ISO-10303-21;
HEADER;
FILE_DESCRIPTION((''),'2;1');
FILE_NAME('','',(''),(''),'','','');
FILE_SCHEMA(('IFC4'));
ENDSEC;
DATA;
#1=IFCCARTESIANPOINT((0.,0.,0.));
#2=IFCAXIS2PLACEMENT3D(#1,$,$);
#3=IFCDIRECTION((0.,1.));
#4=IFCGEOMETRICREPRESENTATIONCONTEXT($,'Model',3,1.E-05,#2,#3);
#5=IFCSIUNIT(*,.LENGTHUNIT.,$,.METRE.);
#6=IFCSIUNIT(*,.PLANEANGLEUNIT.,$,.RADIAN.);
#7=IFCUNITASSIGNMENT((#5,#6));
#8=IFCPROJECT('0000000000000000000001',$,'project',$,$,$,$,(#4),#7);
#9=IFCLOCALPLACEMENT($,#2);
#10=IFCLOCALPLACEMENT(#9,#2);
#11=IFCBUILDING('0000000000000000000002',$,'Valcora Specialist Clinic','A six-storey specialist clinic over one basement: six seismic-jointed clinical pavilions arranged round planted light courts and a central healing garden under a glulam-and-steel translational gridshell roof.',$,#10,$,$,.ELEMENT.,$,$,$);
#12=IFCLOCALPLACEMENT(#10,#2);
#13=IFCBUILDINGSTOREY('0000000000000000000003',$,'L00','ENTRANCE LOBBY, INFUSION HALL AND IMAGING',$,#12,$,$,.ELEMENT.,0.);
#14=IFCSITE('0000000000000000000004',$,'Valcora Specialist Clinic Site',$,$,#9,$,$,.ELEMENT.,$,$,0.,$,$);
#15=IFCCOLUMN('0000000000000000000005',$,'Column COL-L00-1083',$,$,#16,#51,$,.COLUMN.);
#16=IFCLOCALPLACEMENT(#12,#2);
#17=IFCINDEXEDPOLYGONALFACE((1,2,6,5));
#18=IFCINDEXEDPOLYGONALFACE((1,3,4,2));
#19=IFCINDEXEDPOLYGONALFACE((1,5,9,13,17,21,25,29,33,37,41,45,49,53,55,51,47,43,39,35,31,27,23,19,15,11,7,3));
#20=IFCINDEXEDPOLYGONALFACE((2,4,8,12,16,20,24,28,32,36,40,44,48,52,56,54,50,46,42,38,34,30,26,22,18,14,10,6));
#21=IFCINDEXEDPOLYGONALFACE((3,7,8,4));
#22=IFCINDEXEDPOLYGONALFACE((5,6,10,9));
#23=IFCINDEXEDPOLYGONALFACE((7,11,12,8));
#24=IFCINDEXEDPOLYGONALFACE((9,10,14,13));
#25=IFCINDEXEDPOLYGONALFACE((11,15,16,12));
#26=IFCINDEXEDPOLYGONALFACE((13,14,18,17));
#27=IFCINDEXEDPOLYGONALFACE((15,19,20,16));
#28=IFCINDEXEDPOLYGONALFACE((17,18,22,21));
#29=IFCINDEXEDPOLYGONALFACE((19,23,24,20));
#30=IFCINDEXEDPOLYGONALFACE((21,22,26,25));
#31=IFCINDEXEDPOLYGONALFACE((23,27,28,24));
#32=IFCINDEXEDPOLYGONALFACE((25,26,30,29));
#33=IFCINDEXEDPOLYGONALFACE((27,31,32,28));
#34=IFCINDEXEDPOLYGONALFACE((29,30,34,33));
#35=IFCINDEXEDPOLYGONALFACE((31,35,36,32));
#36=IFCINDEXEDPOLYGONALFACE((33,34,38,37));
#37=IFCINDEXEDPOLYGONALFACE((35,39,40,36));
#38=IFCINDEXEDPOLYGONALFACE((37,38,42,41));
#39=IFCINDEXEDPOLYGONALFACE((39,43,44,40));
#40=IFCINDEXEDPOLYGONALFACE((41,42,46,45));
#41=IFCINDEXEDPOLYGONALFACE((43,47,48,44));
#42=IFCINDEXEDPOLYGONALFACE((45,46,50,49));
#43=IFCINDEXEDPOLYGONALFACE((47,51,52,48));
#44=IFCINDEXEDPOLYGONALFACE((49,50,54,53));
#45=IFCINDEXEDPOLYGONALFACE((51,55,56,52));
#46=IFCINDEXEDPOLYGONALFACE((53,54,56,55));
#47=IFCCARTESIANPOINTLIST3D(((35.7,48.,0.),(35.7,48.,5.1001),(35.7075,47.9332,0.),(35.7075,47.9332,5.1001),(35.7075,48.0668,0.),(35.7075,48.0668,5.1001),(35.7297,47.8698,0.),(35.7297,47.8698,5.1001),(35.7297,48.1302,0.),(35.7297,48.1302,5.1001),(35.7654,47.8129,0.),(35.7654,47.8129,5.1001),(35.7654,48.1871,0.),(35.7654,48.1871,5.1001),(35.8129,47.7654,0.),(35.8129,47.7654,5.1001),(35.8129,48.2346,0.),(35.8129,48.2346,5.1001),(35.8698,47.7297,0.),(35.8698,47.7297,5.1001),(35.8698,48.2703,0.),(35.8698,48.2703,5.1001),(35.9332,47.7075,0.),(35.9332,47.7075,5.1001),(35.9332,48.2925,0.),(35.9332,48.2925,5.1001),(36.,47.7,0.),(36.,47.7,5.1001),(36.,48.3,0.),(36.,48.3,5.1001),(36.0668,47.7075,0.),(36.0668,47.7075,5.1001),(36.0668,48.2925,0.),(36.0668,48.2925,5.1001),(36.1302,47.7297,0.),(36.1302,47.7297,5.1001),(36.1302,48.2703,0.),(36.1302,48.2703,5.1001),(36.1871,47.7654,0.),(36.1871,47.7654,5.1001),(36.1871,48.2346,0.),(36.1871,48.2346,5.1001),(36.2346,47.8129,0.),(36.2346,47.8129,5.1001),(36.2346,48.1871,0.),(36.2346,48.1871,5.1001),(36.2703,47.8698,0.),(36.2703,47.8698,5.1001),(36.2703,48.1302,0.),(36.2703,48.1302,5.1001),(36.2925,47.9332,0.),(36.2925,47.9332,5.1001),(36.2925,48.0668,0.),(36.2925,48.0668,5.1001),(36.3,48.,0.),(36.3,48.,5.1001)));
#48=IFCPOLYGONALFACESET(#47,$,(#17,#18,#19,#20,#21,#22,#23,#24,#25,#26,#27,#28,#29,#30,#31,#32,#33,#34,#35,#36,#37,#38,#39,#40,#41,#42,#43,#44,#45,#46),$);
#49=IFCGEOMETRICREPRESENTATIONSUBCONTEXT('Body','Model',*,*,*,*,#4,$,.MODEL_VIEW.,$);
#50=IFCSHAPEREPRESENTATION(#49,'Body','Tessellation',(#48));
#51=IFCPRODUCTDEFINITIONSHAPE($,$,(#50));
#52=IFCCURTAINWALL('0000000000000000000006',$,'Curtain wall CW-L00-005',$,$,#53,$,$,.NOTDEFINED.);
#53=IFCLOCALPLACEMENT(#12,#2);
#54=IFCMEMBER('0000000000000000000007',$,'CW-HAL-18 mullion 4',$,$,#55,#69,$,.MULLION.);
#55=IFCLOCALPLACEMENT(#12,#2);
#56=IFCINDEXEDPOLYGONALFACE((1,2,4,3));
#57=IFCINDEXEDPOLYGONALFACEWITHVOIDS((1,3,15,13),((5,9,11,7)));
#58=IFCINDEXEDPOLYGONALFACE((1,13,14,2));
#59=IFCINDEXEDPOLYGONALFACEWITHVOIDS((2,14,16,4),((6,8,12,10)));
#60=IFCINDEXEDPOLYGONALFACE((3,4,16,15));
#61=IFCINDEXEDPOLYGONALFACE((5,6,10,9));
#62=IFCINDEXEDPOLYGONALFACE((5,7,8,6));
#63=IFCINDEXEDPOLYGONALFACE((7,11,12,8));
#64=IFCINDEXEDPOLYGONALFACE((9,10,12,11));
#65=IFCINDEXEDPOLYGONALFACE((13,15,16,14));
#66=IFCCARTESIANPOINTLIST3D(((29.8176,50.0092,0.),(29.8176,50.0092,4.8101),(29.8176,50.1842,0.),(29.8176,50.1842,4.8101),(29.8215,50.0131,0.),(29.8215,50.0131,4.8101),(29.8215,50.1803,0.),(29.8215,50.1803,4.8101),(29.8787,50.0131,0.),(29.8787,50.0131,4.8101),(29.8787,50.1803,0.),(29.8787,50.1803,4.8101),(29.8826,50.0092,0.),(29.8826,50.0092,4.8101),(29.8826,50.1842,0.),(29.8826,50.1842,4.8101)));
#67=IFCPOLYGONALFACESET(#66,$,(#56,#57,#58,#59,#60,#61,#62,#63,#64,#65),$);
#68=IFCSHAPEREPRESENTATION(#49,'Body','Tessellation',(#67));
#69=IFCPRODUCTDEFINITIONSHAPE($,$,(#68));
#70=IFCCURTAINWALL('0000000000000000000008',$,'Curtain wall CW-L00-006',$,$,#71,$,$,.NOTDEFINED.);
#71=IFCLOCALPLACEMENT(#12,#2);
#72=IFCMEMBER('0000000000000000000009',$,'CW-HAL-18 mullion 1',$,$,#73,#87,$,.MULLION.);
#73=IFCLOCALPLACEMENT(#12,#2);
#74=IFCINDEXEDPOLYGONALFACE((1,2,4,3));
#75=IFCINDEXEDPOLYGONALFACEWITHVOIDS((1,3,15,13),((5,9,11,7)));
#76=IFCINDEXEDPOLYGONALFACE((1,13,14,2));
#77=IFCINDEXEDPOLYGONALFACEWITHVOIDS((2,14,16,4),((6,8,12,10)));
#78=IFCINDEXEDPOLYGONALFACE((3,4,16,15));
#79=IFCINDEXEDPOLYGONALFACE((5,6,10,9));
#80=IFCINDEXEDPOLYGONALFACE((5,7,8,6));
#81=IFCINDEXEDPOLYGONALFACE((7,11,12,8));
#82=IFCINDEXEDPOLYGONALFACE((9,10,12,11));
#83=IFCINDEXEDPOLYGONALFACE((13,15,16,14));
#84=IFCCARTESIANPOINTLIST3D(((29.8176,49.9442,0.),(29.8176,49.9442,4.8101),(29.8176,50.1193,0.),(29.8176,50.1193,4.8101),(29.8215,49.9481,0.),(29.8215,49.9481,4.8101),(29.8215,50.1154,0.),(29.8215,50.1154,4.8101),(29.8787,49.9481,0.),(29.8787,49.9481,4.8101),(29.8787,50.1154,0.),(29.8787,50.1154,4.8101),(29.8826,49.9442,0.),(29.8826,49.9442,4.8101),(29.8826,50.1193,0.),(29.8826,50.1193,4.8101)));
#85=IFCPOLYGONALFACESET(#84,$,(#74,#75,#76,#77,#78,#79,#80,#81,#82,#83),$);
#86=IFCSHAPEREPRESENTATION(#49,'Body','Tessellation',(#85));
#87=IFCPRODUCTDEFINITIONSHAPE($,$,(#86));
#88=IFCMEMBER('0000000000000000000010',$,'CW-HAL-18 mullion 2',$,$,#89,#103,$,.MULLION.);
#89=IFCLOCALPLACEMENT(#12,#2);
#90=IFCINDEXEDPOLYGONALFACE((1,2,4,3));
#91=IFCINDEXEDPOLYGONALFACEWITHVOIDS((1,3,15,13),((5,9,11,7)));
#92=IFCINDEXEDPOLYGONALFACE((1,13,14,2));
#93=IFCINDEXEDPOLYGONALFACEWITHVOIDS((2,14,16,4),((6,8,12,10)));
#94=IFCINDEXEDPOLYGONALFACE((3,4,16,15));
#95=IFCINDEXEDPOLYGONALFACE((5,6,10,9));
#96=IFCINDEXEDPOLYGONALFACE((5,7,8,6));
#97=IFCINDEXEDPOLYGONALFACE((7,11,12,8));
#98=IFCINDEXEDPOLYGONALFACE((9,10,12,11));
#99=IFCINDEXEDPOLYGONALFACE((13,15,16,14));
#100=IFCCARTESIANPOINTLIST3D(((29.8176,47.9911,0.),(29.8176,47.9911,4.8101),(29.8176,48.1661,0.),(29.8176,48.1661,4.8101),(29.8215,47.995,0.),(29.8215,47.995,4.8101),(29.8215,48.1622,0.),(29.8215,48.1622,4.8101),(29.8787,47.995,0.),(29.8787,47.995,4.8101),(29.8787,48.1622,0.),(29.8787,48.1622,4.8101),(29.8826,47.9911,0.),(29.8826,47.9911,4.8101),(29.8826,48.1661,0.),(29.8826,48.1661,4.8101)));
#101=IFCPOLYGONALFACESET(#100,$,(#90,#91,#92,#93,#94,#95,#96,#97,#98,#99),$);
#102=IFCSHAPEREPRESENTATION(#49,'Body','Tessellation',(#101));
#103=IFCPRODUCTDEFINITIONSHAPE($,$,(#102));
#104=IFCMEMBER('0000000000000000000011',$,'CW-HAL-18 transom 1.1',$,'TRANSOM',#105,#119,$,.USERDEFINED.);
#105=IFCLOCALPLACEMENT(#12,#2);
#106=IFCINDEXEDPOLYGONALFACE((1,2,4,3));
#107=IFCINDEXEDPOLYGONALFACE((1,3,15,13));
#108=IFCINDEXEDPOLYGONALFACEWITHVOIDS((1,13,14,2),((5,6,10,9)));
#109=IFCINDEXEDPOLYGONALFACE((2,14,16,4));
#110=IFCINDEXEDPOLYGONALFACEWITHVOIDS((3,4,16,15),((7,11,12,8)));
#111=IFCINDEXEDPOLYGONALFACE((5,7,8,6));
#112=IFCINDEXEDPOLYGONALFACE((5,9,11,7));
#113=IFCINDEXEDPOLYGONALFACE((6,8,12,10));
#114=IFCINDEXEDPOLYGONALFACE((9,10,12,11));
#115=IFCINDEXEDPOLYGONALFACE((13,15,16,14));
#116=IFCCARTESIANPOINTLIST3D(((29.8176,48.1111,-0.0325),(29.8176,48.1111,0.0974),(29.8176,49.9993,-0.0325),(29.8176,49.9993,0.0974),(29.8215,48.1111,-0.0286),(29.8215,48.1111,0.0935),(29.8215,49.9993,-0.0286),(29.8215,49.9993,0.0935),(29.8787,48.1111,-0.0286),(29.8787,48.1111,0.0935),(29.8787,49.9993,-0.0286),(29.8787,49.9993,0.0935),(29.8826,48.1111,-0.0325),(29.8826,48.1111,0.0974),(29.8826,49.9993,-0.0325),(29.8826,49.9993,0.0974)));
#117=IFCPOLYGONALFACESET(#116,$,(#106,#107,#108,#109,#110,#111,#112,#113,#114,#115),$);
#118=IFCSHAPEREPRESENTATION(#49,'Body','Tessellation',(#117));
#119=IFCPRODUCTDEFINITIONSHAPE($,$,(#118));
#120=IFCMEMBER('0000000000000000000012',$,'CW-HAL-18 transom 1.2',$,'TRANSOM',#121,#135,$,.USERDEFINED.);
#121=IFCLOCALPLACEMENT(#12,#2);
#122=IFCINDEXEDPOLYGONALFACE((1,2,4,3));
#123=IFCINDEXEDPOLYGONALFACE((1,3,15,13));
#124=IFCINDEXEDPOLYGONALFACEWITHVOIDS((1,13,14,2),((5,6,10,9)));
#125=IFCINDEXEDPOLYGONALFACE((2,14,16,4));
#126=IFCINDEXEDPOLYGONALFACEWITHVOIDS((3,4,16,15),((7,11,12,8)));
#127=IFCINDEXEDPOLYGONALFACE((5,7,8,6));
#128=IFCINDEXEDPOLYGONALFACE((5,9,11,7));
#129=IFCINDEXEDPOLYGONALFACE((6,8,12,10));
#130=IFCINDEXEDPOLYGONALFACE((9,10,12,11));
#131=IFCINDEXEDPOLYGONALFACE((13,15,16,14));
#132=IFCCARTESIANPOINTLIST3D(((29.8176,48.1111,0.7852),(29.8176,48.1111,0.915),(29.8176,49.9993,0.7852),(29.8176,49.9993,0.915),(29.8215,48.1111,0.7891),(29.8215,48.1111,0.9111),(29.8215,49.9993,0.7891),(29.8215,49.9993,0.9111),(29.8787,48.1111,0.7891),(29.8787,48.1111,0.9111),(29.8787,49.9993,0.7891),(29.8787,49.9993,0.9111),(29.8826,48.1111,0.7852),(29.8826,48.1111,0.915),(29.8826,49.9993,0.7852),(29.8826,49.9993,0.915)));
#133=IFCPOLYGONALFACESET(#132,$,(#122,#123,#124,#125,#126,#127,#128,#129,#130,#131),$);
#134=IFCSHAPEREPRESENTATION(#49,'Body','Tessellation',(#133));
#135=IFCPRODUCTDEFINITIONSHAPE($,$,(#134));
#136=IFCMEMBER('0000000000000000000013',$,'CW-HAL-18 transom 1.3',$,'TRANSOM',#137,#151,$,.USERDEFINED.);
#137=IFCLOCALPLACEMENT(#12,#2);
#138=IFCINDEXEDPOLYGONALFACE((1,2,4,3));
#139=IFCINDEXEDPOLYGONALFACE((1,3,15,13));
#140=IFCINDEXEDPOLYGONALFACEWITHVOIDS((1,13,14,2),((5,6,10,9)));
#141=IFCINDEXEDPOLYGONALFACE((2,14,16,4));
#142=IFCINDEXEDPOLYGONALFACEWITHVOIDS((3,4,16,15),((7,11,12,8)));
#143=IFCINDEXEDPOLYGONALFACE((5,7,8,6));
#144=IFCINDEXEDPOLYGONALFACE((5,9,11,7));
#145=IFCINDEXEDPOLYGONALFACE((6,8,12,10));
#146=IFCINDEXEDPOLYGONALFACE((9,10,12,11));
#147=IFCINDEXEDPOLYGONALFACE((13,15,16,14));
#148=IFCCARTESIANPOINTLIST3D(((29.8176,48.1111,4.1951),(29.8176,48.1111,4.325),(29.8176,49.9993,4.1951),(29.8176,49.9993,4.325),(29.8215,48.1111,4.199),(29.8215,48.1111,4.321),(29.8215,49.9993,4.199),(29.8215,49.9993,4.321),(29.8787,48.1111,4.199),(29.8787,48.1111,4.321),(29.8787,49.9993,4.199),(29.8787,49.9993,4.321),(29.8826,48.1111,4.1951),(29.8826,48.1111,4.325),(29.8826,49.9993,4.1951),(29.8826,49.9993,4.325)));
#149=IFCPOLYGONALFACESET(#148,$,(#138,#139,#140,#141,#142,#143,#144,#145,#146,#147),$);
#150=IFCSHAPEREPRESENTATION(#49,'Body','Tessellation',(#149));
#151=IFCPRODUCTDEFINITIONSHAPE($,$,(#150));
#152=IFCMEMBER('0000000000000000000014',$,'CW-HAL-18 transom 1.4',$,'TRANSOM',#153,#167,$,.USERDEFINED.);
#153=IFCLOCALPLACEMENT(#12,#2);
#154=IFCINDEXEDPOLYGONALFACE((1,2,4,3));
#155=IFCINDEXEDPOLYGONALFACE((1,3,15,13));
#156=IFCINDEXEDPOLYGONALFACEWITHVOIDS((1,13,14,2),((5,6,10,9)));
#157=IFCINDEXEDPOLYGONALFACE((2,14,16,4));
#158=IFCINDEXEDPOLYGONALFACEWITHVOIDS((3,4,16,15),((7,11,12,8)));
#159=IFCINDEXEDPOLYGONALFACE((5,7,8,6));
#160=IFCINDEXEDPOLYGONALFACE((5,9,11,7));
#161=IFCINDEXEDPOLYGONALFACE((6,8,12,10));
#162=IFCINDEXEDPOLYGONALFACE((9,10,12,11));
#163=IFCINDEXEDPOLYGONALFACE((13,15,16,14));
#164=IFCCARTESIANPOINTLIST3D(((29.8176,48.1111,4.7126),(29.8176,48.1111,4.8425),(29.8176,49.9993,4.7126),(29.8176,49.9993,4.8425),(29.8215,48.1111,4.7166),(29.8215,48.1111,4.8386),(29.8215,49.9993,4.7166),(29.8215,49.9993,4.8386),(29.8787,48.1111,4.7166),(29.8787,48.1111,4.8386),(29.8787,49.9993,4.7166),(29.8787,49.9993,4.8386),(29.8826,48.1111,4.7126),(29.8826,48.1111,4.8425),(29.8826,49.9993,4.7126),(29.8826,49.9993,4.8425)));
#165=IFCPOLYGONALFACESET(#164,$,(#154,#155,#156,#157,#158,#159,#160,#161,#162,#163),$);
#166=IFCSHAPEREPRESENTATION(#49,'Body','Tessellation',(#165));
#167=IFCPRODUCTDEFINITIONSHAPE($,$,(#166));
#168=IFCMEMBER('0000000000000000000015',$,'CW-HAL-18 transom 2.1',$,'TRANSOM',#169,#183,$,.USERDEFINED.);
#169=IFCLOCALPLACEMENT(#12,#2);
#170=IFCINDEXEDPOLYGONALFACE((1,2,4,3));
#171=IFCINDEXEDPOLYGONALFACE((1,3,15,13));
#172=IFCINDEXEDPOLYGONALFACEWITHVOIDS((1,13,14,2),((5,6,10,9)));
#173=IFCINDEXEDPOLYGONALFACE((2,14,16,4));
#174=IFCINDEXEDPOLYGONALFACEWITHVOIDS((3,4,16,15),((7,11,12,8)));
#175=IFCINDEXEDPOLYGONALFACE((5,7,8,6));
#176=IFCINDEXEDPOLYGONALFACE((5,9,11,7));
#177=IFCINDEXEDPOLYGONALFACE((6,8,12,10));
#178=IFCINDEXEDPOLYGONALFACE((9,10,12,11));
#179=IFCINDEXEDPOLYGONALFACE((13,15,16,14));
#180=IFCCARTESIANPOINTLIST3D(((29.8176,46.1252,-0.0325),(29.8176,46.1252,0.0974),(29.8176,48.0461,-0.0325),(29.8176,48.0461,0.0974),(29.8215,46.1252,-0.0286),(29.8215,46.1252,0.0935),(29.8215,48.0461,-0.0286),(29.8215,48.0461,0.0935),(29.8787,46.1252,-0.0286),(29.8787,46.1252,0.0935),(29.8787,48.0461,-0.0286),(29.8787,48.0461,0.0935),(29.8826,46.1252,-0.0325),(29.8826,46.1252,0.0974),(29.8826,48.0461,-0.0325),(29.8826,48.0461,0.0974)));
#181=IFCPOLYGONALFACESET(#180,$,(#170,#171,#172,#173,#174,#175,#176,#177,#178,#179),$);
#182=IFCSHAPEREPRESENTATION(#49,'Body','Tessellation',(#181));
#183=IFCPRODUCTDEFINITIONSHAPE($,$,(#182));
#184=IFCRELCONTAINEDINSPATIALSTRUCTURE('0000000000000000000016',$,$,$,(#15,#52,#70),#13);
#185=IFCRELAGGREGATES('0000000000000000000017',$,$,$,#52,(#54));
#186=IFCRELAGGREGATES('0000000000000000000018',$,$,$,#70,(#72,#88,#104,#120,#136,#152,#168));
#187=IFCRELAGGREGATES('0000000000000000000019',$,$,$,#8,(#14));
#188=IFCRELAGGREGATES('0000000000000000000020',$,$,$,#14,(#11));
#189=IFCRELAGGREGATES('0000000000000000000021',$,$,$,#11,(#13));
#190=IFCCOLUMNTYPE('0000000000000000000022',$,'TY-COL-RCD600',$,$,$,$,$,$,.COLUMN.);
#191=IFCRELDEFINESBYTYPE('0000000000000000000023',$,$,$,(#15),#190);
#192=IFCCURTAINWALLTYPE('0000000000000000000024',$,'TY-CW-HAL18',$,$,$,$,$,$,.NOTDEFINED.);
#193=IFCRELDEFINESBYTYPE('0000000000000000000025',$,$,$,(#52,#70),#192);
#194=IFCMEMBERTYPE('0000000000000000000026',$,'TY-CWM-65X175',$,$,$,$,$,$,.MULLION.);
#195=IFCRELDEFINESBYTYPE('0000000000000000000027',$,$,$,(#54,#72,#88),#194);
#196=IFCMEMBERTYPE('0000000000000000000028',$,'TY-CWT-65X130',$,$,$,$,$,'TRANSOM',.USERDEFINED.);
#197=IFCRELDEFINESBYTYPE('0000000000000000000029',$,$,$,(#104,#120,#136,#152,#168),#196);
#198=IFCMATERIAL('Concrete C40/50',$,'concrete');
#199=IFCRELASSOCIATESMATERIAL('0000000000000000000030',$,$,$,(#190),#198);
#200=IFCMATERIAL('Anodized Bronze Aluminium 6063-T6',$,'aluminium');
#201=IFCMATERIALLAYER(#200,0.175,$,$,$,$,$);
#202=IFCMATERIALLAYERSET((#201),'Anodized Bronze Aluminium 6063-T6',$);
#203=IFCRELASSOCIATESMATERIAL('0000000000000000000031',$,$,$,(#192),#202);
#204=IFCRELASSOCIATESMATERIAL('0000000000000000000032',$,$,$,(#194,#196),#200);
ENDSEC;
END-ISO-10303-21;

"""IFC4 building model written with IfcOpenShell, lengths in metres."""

from ifc_helpers import new_model, si_unit, direction, frame, origin, origin_2d, place, context, subcontext, project, spatial, hollow_rectangle, circle, extrude, material, layer, layer_set, material_profile, profile_set, type_object, element, aggregate, save


model = new_model("IFC4")

# Units and contexts
model_context = context("Model", 3, precision=1e-05, world=origin(), true_north=direction((0.0, 1.0)))
body_context = subcontext(model_context, "Body", "Model", "MODEL_VIEW")
ifc_project = project(units=[si_unit("LENGTHUNIT", "METRE"), si_unit("PLANEANGLEUNIT", "RADIAN")], contexts=[model_context])

# Site, building, storey
site_placement = place(None, origin())
site = spatial("IfcSite", under=ifc_project, at=site_placement, Name="Valcora Specialist Clinic Site", CompositionType="ELEMENT", RefElevation=0.0)
building_placement = place(site_placement, origin())
building = spatial("IfcBuilding", under=site, at=building_placement, Name="Valcora Specialist Clinic", Description="A six-storey specialist clinic over one basement: six seismic-jointed clinical pavilions arranged round planted light courts and a central healing garden under a glulam-and-steel translational gridshell roof.", CompositionType="ELEMENT")
storey_placement = place(building_placement, origin())
storey = spatial("IfcBuildingStorey", under=building, at=storey_placement, Name="L00", Description="ENTRANCE LOBBY, INFUSION HALL AND IMAGING", CompositionType="ELEMENT", Elevation=0.0)

# Column
ifc_material_1 = material(Name="Concrete C40/50", Category="concrete")
ifc_material_profile_1 = material_profile(ifc_material_1, circle(Radius=0.3, at=origin_2d()), Name="RC-COL-D600")
ifc_profile_set_1 = profile_set([ifc_material_profile_1], Name="Concrete C40/50")
column_type = type_object("IfcColumnType", Name="TY-COL-RCD600", PredefinedType="COLUMN", material=ifc_profile_set_1)
column_placement = place(storey_placement, frame((36.0, 48.0, 0.0), z_axis=(0.0, 0.0, 1.0), x_axis=(1.0, 0.0, 0.0)))
element("IfcColumn", 1, at=column_placement, inside=storey, type_object=column_type, Name="Column COL-L00-1083", PredefinedType="COLUMN", context=body_context, shape_type="SweptSolid", body=[
    extrude(circle(Radius=0.3, at=origin_2d()), origin(), (0.0, 0.0, 1.0), 5.1001),
])

# Curtain wall, member
ifc_material_2 = material(Name="Anodized Bronze Aluminium 6063-T6", Category="aluminium")
ifc_layer_1 = layer(ifc_material_2, 0.175)
ifc_layer_set_1 = layer_set([ifc_layer_1], Name="Anodized Bronze Aluminium 6063-T6")
curtain_wall_type = type_object("IfcCurtainWallType", Name="TY-CW-HAL18", PredefinedType="NOTDEFINED", material=ifc_layer_set_1)
curtain_wall_1_placement = place(storey_placement, origin())
curtain_wall_1 = element("IfcCurtainWall", 2, at=curtain_wall_1_placement, inside=storey, type_object=curtain_wall_type, Name="Curtain wall CW-L00-005", PredefinedType="NOTDEFINED")
ifc_material_profile_2 = material_profile(ifc_material_2, hollow_rectangle(XDim=0.0649, YDim=0.175, WallThickness=0.0039, at=origin_2d()), Name="AL-MUL-65X175")
ifc_profile_set_2 = profile_set([ifc_material_profile_2], Name="Anodized Bronze Aluminium 6063-T6")
member_type_1 = type_object("IfcMemberType", Name="TY-CWM-65X175", PredefinedType="MULLION", material=ifc_profile_set_2)
member_1_placement = place(storey_placement, frame((29.8501, 50.0967, 0.0), z_axis=(0.0, 0.0, 1.0), x_axis=(1.0, 0.0, 0.0)))
member_1 = element("IfcMember", 3, at=member_1_placement, type_object=member_type_1, Name="CW-HAL-18 mullion 4", PredefinedType="MULLION", context=body_context, shape_type="SweptSolid", body=[
    extrude(hollow_rectangle(XDim=0.0649, YDim=0.175, WallThickness=0.0039, at=origin_2d()), origin(), (0.0, 0.0, 1.0), 4.8101),
])
aggregate(curtain_wall_1, [member_1])

# Curtain wall, members
curtain_wall_2_placement = place(storey_placement, origin())
curtain_wall_2 = element("IfcCurtainWall", 4, at=curtain_wall_2_placement, inside=storey, type_object=curtain_wall_type, Name="Curtain wall CW-L00-006", PredefinedType="NOTDEFINED")
member_2_placement = place(storey_placement, frame((29.8501, 50.0317, 0.0), z_axis=(0.0, 0.0, 1.0), x_axis=(1.0, 0.0, 0.0)))
member_2 = element("IfcMember", 5, at=member_2_placement, type_object=member_type_1, Name="CW-HAL-18 mullion 1", PredefinedType="MULLION", context=body_context, shape_type="SweptSolid", body=[
    extrude(hollow_rectangle(XDim=0.0649, YDim=0.175, WallThickness=0.0039, at=origin_2d()), origin(), (0.0, 0.0, 1.0), 4.8101),
])
member_3_placement = place(storey_placement, frame((29.8501, 48.0786, 0.0), z_axis=(0.0, 0.0, 1.0), x_axis=(1.0, 0.0, 0.0)))
member_3 = element("IfcMember", 6, at=member_3_placement, type_object=member_type_1, Name="CW-HAL-18 mullion 2", PredefinedType="MULLION", context=body_context, shape_type="SweptSolid", body=[
    extrude(hollow_rectangle(XDim=0.0649, YDim=0.175, WallThickness=0.0039, at=origin_2d()), origin(), (0.0, 0.0, 1.0), 4.8101),
])
ifc_material_profile_3 = material_profile(ifc_material_2, hollow_rectangle(XDim=0.0649, YDim=0.1299, WallThickness=0.0039, at=origin_2d()), Name="AL-TRN-65X130")
ifc_profile_set_3 = profile_set([ifc_material_profile_3], Name="Anodized Bronze Aluminium 6063-T6")
member_type_2 = type_object("IfcMemberType", Name="TY-CWT-65X130", ElementType="TRANSOM", PredefinedType="USERDEFINED", material=ifc_profile_set_3)
member_4_placement = place(storey_placement, frame((29.8501, 49.9993, 0.0325), z_axis=(0.0, -1.0, 0.0), x_axis=(1.0, 0.0, 0.0)))
member_4 = element("IfcMember", 7, at=member_4_placement, type_object=member_type_2, Name="CW-HAL-18 transom 1.1", ObjectType="TRANSOM", PredefinedType="USERDEFINED", context=body_context, shape_type="SweptSolid", body=[
    extrude(hollow_rectangle(XDim=0.0649, YDim=0.1299, WallThickness=0.0039, at=origin_2d()), origin(), (0.0, 0.0, 1.0), 1.8882),
])
member_5_placement = place(storey_placement, frame((29.8501, 49.9993, 0.8501), z_axis=(0.0, -1.0, 0.0), x_axis=(1.0, 0.0, 0.0)))
member_5 = element("IfcMember", 8, at=member_5_placement, type_object=member_type_2, Name="CW-HAL-18 transom 1.2", ObjectType="TRANSOM", PredefinedType="USERDEFINED", context=body_context, shape_type="SweptSolid", body=[
    extrude(hollow_rectangle(XDim=0.0649, YDim=0.1299, WallThickness=0.0039, at=origin_2d()), origin(), (0.0, 0.0, 1.0), 1.8882),
])
member_6_placement = place(storey_placement, frame((29.8501, 49.9993, 4.26), z_axis=(0.0, -1.0, 0.0), x_axis=(1.0, 0.0, 0.0)))
member_6 = element("IfcMember", 9, at=member_6_placement, type_object=member_type_2, Name="CW-HAL-18 transom 1.3", ObjectType="TRANSOM", PredefinedType="USERDEFINED", context=body_context, shape_type="SweptSolid", body=[
    extrude(hollow_rectangle(XDim=0.0649, YDim=0.1299, WallThickness=0.0039, at=origin_2d()), origin(), (0.0, 0.0, 1.0), 1.8882),
])
member_7_placement = place(storey_placement, frame((29.8501, 49.9993, 4.7776), z_axis=(0.0, -1.0, 0.0), x_axis=(1.0, 0.0, 0.0)))
member_7 = element("IfcMember", 10, at=member_7_placement, type_object=member_type_2, Name="CW-HAL-18 transom 1.4", ObjectType="TRANSOM", PredefinedType="USERDEFINED", context=body_context, shape_type="SweptSolid", body=[
    extrude(hollow_rectangle(XDim=0.0649, YDim=0.1299, WallThickness=0.0039, at=origin_2d()), origin(), (0.0, 0.0, 1.0), 1.8882),
])
member_8_placement = place(storey_placement, frame((29.8501, 48.0461, 0.0325), z_axis=(0.0, -1.0, 0.0), x_axis=(1.0, 0.0, 0.0)))
member_8 = element("IfcMember", 11, at=member_8_placement, type_object=member_type_2, Name="CW-HAL-18 transom 2.1", ObjectType="TRANSOM", PredefinedType="USERDEFINED", context=body_context, shape_type="SweptSolid", body=[
    extrude(hollow_rectangle(XDim=0.0649, YDim=0.1299, WallThickness=0.0039, at=origin_2d()), origin(), (0.0, 0.0, 1.0), 1.9209),
])

aggregate(curtain_wall_2, [member_2, member_3, member_4, member_5, member_6, member_7, member_8])

save(model, "model.ifc")
